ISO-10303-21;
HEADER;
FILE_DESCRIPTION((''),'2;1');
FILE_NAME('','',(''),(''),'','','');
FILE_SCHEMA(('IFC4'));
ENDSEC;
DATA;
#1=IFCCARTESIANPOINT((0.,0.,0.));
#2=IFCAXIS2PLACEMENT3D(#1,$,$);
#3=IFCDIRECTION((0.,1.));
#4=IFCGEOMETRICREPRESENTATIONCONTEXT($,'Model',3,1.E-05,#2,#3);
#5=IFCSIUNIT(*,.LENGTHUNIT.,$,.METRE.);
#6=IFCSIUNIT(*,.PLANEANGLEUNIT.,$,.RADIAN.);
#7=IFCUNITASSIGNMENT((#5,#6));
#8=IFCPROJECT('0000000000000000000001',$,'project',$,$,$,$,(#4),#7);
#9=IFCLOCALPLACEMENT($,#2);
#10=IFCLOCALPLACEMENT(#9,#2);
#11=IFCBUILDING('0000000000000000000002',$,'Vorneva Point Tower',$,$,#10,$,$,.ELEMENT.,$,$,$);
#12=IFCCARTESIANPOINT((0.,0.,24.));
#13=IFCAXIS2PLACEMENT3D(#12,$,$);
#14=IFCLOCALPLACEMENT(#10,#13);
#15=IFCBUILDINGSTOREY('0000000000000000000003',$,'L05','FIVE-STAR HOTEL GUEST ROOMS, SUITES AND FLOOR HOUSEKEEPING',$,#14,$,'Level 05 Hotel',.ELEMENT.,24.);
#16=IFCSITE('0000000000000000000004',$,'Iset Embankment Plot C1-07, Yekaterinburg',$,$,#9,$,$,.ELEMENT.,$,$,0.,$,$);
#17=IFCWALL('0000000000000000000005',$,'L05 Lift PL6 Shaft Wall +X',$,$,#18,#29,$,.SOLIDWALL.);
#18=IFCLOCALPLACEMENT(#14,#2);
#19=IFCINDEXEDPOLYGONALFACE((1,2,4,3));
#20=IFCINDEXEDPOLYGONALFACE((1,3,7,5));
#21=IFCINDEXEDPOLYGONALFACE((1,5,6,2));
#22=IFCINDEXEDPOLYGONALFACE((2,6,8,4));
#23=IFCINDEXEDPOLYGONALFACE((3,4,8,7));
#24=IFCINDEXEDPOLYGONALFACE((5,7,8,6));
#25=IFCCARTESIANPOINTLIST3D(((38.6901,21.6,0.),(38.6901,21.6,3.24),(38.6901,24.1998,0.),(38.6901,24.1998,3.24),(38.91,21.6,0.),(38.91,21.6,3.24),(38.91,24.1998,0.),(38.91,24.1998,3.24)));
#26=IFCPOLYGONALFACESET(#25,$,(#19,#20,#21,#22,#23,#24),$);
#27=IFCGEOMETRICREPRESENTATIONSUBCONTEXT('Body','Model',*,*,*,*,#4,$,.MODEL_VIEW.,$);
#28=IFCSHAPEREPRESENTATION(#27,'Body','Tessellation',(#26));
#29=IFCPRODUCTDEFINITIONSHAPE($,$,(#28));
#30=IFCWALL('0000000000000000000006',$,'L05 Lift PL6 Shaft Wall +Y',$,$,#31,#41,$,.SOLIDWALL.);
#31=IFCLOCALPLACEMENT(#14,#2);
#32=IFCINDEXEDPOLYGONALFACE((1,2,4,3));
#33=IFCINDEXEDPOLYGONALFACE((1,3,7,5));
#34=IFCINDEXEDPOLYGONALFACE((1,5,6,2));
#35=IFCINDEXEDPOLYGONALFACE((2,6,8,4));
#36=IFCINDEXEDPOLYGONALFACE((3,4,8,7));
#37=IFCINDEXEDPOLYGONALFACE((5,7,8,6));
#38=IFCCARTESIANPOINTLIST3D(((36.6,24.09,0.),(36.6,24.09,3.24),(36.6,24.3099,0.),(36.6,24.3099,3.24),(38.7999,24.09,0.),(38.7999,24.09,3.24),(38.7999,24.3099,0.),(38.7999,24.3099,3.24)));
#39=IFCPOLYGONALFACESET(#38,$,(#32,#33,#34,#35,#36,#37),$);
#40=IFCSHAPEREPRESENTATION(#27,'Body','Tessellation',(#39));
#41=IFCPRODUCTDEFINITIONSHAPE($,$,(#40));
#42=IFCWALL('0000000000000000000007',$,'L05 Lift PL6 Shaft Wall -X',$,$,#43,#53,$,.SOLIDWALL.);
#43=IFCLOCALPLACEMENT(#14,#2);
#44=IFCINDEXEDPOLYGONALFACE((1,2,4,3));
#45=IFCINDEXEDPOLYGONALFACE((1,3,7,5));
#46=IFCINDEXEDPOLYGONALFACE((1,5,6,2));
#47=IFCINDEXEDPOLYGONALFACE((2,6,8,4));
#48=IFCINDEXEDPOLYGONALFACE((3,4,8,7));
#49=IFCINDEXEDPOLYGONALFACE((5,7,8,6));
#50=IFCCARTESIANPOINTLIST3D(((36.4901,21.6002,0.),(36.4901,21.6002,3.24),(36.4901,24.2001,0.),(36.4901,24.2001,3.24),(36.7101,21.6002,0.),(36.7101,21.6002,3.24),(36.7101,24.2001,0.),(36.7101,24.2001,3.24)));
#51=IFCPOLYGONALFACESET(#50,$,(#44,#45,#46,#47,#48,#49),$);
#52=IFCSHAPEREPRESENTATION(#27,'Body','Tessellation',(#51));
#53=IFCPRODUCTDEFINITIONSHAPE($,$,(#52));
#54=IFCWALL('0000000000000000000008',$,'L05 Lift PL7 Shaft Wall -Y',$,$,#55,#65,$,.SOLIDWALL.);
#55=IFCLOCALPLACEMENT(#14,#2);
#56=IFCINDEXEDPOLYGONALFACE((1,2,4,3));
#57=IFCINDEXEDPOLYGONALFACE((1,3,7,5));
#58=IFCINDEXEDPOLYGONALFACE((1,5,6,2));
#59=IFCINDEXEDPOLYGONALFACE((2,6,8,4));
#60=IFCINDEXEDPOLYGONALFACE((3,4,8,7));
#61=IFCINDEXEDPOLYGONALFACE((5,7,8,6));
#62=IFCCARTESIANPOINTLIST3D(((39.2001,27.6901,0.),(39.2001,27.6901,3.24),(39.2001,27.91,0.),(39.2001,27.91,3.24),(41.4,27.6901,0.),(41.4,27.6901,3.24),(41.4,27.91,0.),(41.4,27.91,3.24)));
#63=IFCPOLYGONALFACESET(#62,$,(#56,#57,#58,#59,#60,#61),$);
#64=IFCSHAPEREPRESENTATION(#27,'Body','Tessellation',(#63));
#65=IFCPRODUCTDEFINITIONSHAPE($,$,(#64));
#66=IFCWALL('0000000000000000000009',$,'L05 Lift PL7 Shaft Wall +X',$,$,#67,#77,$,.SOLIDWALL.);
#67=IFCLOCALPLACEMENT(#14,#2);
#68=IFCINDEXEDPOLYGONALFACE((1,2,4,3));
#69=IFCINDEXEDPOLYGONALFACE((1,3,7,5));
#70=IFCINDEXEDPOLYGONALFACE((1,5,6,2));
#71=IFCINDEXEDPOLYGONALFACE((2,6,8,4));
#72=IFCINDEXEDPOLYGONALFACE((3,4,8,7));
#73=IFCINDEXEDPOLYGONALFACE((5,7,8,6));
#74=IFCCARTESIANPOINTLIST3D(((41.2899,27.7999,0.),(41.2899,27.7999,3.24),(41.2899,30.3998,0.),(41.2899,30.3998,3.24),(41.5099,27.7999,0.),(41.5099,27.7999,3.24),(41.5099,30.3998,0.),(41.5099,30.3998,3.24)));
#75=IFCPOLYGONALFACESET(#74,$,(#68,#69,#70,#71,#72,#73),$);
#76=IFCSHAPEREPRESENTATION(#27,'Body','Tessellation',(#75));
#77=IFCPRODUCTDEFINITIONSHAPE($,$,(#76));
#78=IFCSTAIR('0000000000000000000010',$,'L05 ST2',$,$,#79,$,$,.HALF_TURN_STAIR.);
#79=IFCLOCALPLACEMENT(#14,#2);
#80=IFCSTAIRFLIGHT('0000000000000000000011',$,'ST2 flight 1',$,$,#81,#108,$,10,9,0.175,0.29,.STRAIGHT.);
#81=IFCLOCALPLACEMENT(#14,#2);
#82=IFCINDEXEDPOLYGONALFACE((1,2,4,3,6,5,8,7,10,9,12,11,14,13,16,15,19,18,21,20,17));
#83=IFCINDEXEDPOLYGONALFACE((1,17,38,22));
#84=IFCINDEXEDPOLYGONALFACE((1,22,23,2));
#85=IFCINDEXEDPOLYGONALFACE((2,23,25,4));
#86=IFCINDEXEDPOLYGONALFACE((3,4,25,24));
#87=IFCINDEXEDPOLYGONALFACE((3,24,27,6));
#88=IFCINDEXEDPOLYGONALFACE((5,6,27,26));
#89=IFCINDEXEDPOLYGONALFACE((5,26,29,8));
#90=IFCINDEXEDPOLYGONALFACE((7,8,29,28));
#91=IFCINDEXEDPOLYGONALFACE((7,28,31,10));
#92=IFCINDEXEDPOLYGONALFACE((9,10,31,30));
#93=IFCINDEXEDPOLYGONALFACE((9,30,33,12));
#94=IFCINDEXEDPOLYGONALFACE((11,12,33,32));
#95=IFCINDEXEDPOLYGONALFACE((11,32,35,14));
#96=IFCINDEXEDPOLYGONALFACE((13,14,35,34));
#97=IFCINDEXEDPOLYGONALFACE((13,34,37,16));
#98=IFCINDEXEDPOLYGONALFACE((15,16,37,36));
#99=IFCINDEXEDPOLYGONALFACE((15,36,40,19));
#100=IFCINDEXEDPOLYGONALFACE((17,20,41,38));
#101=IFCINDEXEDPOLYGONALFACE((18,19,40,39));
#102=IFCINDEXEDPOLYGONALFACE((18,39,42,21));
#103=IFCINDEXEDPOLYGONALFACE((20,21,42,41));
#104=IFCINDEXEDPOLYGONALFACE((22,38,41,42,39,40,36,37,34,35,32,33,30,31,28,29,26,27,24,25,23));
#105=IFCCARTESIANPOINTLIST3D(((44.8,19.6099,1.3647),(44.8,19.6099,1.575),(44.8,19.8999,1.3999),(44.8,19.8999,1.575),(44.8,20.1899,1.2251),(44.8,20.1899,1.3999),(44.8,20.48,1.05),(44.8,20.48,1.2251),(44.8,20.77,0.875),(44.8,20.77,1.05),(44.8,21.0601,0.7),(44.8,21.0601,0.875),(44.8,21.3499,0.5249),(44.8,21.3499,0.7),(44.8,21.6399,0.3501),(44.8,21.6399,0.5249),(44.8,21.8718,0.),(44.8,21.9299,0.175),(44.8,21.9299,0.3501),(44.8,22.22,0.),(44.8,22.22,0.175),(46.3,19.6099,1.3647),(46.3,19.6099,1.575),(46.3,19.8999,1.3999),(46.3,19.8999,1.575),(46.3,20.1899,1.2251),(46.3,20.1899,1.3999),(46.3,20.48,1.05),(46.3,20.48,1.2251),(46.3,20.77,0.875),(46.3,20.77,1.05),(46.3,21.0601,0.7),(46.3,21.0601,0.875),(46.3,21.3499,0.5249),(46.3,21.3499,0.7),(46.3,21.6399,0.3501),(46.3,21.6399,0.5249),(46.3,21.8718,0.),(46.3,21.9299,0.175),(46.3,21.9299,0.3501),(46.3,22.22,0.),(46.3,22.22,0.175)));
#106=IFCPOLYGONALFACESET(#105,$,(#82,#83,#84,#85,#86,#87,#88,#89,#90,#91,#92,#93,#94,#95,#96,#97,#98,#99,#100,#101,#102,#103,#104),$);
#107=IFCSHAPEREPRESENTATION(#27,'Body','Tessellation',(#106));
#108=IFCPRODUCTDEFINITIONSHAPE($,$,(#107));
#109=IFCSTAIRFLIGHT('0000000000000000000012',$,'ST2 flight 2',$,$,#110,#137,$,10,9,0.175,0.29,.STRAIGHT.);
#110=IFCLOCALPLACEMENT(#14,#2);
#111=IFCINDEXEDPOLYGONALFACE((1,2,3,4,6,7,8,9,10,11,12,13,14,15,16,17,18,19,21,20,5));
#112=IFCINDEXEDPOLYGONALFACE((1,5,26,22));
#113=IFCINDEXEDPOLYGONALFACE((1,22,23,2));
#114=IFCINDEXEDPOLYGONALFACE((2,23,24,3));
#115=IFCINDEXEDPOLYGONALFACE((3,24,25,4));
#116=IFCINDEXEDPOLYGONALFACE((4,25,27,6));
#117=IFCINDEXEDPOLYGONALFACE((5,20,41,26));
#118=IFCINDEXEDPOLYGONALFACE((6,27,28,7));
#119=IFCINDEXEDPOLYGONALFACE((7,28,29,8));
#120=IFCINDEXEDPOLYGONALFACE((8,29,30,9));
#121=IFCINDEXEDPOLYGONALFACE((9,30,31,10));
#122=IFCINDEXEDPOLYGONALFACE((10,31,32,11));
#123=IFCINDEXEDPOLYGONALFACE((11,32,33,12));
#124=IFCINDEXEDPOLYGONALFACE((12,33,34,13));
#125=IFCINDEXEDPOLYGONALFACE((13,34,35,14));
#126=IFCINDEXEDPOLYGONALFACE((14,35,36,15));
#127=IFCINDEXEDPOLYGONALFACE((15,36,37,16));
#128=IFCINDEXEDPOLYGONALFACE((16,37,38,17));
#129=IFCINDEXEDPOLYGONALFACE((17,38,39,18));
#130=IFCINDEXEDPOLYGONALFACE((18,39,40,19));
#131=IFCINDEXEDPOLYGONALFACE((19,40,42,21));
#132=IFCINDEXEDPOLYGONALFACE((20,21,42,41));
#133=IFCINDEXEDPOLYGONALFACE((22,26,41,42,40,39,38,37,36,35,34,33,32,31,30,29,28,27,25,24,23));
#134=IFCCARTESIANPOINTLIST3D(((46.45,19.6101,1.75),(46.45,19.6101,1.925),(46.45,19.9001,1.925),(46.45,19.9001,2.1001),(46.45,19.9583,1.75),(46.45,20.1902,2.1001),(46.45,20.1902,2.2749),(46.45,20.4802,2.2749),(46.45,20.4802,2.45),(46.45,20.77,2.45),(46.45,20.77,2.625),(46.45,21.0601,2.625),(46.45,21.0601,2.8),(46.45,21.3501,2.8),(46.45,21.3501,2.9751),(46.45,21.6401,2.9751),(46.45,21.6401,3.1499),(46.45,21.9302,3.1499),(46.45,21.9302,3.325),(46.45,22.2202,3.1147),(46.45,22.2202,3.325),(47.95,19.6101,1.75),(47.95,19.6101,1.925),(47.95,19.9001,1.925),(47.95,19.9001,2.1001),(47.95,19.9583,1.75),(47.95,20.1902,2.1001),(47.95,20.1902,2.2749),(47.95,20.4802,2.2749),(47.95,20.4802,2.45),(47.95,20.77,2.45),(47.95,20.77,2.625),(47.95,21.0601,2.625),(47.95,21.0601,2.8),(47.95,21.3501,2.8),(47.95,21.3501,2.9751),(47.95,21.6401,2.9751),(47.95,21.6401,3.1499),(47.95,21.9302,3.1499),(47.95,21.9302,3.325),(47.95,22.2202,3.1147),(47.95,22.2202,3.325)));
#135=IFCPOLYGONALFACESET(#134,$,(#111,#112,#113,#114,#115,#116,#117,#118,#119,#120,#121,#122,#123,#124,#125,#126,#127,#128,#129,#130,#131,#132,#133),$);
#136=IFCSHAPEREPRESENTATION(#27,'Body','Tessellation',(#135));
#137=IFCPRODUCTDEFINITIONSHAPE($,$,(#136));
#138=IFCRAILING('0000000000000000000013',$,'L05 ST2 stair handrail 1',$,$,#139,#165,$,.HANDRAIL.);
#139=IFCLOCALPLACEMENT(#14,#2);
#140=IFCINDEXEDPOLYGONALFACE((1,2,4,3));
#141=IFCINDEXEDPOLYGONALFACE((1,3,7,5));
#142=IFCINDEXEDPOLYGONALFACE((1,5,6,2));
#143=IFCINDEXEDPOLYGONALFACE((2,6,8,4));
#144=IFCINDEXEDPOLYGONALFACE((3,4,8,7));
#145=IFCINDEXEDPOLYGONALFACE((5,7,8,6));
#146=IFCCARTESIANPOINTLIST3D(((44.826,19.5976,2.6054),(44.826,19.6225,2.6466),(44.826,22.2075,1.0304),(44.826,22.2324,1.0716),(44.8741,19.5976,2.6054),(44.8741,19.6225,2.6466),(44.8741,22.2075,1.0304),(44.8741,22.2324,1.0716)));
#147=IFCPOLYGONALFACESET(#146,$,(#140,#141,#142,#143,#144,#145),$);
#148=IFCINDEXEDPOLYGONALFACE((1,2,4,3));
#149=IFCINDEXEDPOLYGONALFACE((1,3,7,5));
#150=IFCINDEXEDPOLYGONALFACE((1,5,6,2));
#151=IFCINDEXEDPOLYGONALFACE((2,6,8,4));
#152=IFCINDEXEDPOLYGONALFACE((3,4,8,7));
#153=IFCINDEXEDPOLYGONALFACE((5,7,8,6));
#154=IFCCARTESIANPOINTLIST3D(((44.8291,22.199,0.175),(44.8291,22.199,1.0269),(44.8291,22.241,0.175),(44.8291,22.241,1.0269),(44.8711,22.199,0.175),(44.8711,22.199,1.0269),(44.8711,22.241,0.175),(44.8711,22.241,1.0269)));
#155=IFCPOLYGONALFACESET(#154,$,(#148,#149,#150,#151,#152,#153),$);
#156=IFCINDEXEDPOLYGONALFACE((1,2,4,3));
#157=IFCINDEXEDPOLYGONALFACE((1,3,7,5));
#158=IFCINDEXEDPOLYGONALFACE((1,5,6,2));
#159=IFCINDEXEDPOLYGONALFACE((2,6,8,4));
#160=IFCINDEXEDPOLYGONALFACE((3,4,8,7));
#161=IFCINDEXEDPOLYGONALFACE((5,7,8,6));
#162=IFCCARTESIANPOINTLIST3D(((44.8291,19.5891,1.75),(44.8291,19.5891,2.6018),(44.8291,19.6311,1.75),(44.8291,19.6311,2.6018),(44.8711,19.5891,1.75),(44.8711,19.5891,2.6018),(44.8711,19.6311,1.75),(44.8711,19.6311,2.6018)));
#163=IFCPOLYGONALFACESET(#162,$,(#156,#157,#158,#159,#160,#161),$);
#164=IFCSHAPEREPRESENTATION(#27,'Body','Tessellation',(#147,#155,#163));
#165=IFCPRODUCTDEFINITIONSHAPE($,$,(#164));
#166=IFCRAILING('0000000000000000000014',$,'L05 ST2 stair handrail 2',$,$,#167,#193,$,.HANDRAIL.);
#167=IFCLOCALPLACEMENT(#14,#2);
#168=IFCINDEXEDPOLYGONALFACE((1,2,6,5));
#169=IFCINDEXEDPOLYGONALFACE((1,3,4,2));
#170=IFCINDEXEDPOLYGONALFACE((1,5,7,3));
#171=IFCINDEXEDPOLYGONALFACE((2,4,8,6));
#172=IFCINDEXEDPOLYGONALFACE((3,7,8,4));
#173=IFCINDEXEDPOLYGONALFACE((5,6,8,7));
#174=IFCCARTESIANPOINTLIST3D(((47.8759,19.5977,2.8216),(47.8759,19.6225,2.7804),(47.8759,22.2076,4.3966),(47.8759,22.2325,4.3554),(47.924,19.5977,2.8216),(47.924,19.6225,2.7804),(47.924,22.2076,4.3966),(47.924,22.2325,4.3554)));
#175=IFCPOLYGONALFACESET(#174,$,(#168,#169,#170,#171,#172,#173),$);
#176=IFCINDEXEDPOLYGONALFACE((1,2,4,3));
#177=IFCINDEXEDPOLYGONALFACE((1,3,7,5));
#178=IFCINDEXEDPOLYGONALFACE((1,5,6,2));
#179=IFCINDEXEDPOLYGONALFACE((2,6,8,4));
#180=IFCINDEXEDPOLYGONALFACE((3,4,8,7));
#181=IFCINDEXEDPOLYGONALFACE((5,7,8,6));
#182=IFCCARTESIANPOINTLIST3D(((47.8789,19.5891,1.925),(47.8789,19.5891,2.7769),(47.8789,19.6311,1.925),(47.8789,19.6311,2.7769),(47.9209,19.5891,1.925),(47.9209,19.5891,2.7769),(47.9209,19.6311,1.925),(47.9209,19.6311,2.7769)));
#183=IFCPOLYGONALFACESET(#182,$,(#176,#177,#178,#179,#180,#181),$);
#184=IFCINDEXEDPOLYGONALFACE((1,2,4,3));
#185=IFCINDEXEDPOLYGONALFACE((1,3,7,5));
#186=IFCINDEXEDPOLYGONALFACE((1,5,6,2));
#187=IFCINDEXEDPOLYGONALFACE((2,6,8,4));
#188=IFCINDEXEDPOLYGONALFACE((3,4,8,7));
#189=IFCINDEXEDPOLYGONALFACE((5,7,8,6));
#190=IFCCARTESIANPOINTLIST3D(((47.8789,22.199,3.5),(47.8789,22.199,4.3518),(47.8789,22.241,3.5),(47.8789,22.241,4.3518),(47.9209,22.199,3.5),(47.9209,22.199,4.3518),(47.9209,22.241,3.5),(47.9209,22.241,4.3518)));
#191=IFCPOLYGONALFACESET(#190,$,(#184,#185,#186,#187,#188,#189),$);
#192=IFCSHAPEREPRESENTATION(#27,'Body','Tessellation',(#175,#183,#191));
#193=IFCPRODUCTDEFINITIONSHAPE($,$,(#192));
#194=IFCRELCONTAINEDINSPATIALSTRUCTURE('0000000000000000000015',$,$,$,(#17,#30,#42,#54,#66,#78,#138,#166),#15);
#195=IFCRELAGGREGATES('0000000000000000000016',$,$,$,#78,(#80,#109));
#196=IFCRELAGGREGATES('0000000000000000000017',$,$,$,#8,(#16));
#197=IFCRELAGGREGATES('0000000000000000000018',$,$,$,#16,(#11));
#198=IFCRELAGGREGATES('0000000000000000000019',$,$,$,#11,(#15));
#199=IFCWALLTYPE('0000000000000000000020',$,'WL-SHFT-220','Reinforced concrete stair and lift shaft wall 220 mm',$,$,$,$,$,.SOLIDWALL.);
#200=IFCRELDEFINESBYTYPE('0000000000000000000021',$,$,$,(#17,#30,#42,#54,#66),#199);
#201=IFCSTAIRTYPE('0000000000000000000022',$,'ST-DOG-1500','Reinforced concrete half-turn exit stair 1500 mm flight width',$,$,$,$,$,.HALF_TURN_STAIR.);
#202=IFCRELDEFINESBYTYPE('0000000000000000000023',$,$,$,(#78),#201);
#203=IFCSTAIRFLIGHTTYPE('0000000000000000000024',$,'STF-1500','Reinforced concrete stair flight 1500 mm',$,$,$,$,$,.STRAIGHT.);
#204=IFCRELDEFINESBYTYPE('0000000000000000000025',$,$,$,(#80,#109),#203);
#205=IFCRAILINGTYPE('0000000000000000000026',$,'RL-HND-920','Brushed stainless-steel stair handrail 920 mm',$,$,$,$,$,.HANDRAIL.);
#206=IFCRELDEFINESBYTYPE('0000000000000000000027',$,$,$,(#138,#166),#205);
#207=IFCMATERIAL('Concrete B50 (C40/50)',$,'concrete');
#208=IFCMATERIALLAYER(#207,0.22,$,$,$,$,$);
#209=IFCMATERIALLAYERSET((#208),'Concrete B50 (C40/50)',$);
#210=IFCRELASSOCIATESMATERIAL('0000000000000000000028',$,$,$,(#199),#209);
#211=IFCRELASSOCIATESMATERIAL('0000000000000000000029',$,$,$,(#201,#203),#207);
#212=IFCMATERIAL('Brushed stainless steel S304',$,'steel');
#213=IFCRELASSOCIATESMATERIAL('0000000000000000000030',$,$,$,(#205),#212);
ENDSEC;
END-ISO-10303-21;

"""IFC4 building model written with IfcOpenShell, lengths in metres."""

from ifc_helpers import new_model, si_unit, direction, frame, frame_2d, origin, origin_2d, place, context, subcontext, project, spatial, polyline, rectangle, outline, extrude, material, layer, layer_set, type_object, element, aggregate, save


model = new_model("IFC4")

# Units and contexts
model_context = context("Model", 3, precision=1e-05, world=origin(), true_north=direction((0.0, 1.0)))
body_context = subcontext(model_context, "Body", "Model", "MODEL_VIEW")
ifc_project = project(units=[si_unit("LENGTHUNIT", "METRE"), si_unit("PLANEANGLEUNIT", "RADIAN")], contexts=[model_context])

# Site, building, storey
site_placement = place(None, origin())
site = spatial("IfcSite", under=ifc_project, at=site_placement, Name="Iset Embankment Plot C1-07, Yekaterinburg", CompositionType="ELEMENT", RefElevation=0.0)
building_placement = place(site_placement, origin())
building = spatial("IfcBuilding", under=site, at=building_placement, Name="Vorneva Point Tower", CompositionType="ELEMENT")
storey_placement = place(building_placement, frame((0.0, 0.0, 24.0)))
storey = spatial("IfcBuildingStorey", under=building, at=storey_placement, Name="L05", Description="FIVE-STAR HOTEL GUEST ROOMS, SUITES AND FLOOR HOUSEKEEPING", LongName="Level 05 Hotel", CompositionType="ELEMENT", Elevation=24.0)

# Shared definitions
ifc_material_1 = material(Name="Concrete B50 (C40/50)", Category="concrete")
ifc_layer_1 = layer(ifc_material_1, 0.22)
ifc_layer_set_1 = layer_set([ifc_layer_1], Name="Concrete B50 (C40/50)")
wall_type_1 = type_object("IfcWallType", Name="WL-SHFT-220", Description="Reinforced concrete stair and lift shaft wall 220 mm", PredefinedType="SOLIDWALL", material=ifc_layer_set_1)

# Walls
wall_1_placement = place(storey_placement, frame((38.8, 21.6001, 0.0), z_axis=(0.0, 0.0, 1.0), x_axis=(0.0, 1.0, 0.0)))
element("IfcWall", 1, at=wall_1_placement, inside=storey, type_object=wall_type_1, Name="L05 Lift PL6 Shaft Wall +X", PredefinedType="SOLIDWALL", context=body_context, shape_type="SweptSolid", body=[
    extrude(rectangle(XDim=2.5999, YDim=0.22, at=frame_2d((1.2998, 0.0))), origin(), (0.0, 0.0, 1.0), 3.24),
])
wall_2_placement = place(storey_placement, frame((38.8, 24.2, 0.0), z_axis=(0.0, 0.0, 1.0), x_axis=(-1.0, 0.0, 0.0)))
element("IfcWall", 2, at=wall_2_placement, inside=storey, type_object=wall_type_1, Name="L05 Lift PL6 Shaft Wall +Y", PredefinedType="SOLIDWALL", context=body_context, shape_type="SweptSolid", body=[
    extrude(rectangle(XDim=2.2, YDim=0.22, at=frame_2d((1.1001, 0.0))), origin(), (0.0, 0.0, 1.0), 3.24),
])
wall_3_placement = place(storey_placement, frame((36.6001, 24.2, 0.0), z_axis=(0.0, 0.0, 1.0), x_axis=(0.0, -1.0, 0.0)))
element("IfcWall", 3, at=wall_3_placement, inside=storey, type_object=wall_type_1, Name="L05 Lift PL6 Shaft Wall -X", PredefinedType="SOLIDWALL", context=body_context, shape_type="SweptSolid", body=[
    extrude(rectangle(XDim=2.5999, YDim=0.22, at=frame_2d((1.2998, 0.0))), origin(), (0.0, 0.0, 1.0), 3.24),
])
wall_4_placement = place(storey_placement, frame((39.2, 27.8, 0.0), z_axis=(0.0, 0.0, 1.0), x_axis=(1.0, 0.0, 0.0)))
element("IfcWall", 4, at=wall_4_placement, inside=storey, type_object=wall_type_1, Name="L05 Lift PL7 Shaft Wall -Y", PredefinedType="SOLIDWALL", context=body_context, shape_type="SweptSolid", body=[
    extrude(rectangle(XDim=2.2, YDim=0.22, at=frame_2d((1.1001, 0.0))), origin(), (0.0, 0.0, 1.0), 3.24),
])
wall_5_placement = place(storey_placement, frame((41.3999, 27.8, 0.0), z_axis=(0.0, 0.0, 1.0), x_axis=(0.0, 1.0, 0.0)))
element("IfcWall", 5, at=wall_5_placement, inside=storey, type_object=wall_type_1, Name="L05 Lift PL7 Shaft Wall +X", PredefinedType="SOLIDWALL", context=body_context, shape_type="SweptSolid", body=[
    extrude(rectangle(XDim=2.5999, YDim=0.22, at=frame_2d((1.2998, 0.0))), origin(), (0.0, 0.0, 1.0), 3.24),
])

# Stair, stair flights
stair_type = type_object("IfcStairType", Name="ST-DOG-1500", Description="Reinforced concrete half-turn exit stair 1500 mm flight width", PredefinedType="HALF_TURN_STAIR", material=ifc_material_1)
stair_placement = place(storey_placement, origin())
stair = element("IfcStair", 6, at=stair_placement, inside=storey, type_object=stair_type, Name="L05 ST2", PredefinedType="HALF_TURN_STAIR")
stair_flight_type = type_object("IfcStairFlightType", Name="STF-1500", Description="Reinforced concrete stair flight 1500 mm", PredefinedType="STRAIGHT", material=ifc_material_1)
stair_flight_1_placement = place(storey_placement, frame((45.55, 22.22, 0.0), z_axis=(0.0, 0.0, 1.0), x_axis=(0.0, -1.0, 0.0)))
stair_flight_1 = element("IfcStairFlight", 7, at=stair_flight_1_placement, type_object=stair_flight_type, Name="ST2 flight 1", NumberOfRisers=10, NumberOfTreads=9, PredefinedType="STRAIGHT", RiserHeight=0.175, TreadLength=0.29, context=body_context, shape_type="SweptSolid", body=[
    extrude(outline(polyline([(0.0, 0.0), (0.0, 0.175), (0.29, 0.175), (0.29, 0.3501), (0.5801, 0.3501), (0.5801, 0.5249), (0.8701, 0.5249), (0.8701, 0.7), (1.1599, 0.7), (1.1599, 0.875), (1.45, 0.875), (1.45, 1.05), (1.74, 1.05), (1.74, 1.2251), (2.03, 1.2251), (2.03, 1.3999), (2.3201, 1.3999), (2.3201, 1.575), (2.6101, 1.575), (2.6101, 1.75), (2.6101, 1.3647), (0.3481, 0.0), (0.0, 0.0)])), frame((0.0, 0.75, 0.0), z_axis=(0.0, -1.0, 0.0), x_axis=(1.0, 0.0, 0.0)), (0.0, 0.0, 1.0), 1.5),
])
stair_flight_2_placement = place(storey_placement, frame((47.2, 19.6101, 1.75), z_axis=(0.0, 0.0, 1.0), x_axis=(0.0, 1.0, 0.0)))
stair_flight_2 = element("IfcStairFlight", 8, at=stair_flight_2_placement, type_object=stair_flight_type, Name="ST2 flight 2", NumberOfRisers=10, NumberOfTreads=9, PredefinedType="STRAIGHT", RiserHeight=0.175, TreadLength=0.29, context=body_context, shape_type="SweptSolid", body=[
    extrude(outline(polyline([(0.0, 0.0), (0.0, 0.175), (0.29, 0.175), (0.29, 0.3501), (0.5801, 0.3501), (0.5801, 0.5249), (0.8701, 0.5249), (0.8701, 0.7), (1.1599, 0.7), (1.1599, 0.875), (1.45, 0.875), (1.45, 1.05), (1.74, 1.05), (1.74, 1.2251), (2.03, 1.2251), (2.03, 1.3999), (2.3201, 1.3999), (2.3201, 1.575), (2.6101, 1.575), (2.6101, 1.75), (2.6101, 1.3647), (0.3481, 0.0), (0.0, 0.0)])), frame((0.0, 0.75, 0.0), z_axis=(0.0, -1.0, 0.0), x_axis=(1.0, 0.0, 0.0)), (0.0, 0.0, 1.0), 1.5),
])
aggregate(stair, [stair_flight_1, stair_flight_2])

# Railings
ifc_material_2 = material(Name="Brushed stainless steel S304", Category="steel")
railing_type_1 = type_object("IfcRailingType", Name="RL-HND-920", Description="Brushed stainless-steel stair handrail 920 mm", PredefinedType="HANDRAIL", material=ifc_material_2)
railing_1_placement = place(storey_placement, frame((44.8501, 22.22, 0.175)))
element("IfcRailing", 9, at=railing_1_placement, inside=storey, type_object=railing_type_1, Name="L05 ST2 stair handrail 1", PredefinedType="HANDRAIL", context=body_context, shape_type="SweptSolid", body=[
    extrude(rectangle(XDim=0.0481, YDim=0.0481, at=origin_2d()), frame((0.0, 0.0, 0.876), z_axis=(0.0, -0.856183, 0.516673), x_axis=(1.0, 0.0, 0.0)), (0.0, 0.0, 1.0), 3.0483),
    extrude(rectangle(XDim=0.042, YDim=0.042, at=origin_2d()), origin(), (0.0, 0.0, 1.0), 0.8518),
    extrude(rectangle(XDim=0.042, YDim=0.042, at=origin_2d()), frame((0.0, -2.6099, 1.575)), (0.0, 0.0, 1.0), 0.8518),
])
railing_2_placement = place(storey_placement, frame((47.8999, 19.6101, 1.925)))
element("IfcRailing", 10, at=railing_2_placement, inside=storey, type_object=railing_type_1, Name="L05 ST2 stair handrail 2", PredefinedType="HANDRAIL", context=body_context, shape_type="SweptSolid", body=[
    extrude(rectangle(XDim=0.0481, YDim=0.0481, at=origin_2d()), frame((0.0, 0.0, 0.876), z_axis=(0.0, 0.856183, 0.516673), x_axis=(-1.0, 0.0, 0.0)), (0.0, 0.0, 1.0), 3.0483),
    extrude(rectangle(XDim=0.042, YDim=0.042, at=origin_2d()), origin(), (0.0, 0.0, 1.0), 0.8518),
    extrude(rectangle(XDim=0.042, YDim=0.042, at=origin_2d()), frame((0.0, 2.6099, 1.575)), (0.0, 0.0, 1.0), 0.8518),
])

save(model, "model.ifc")
